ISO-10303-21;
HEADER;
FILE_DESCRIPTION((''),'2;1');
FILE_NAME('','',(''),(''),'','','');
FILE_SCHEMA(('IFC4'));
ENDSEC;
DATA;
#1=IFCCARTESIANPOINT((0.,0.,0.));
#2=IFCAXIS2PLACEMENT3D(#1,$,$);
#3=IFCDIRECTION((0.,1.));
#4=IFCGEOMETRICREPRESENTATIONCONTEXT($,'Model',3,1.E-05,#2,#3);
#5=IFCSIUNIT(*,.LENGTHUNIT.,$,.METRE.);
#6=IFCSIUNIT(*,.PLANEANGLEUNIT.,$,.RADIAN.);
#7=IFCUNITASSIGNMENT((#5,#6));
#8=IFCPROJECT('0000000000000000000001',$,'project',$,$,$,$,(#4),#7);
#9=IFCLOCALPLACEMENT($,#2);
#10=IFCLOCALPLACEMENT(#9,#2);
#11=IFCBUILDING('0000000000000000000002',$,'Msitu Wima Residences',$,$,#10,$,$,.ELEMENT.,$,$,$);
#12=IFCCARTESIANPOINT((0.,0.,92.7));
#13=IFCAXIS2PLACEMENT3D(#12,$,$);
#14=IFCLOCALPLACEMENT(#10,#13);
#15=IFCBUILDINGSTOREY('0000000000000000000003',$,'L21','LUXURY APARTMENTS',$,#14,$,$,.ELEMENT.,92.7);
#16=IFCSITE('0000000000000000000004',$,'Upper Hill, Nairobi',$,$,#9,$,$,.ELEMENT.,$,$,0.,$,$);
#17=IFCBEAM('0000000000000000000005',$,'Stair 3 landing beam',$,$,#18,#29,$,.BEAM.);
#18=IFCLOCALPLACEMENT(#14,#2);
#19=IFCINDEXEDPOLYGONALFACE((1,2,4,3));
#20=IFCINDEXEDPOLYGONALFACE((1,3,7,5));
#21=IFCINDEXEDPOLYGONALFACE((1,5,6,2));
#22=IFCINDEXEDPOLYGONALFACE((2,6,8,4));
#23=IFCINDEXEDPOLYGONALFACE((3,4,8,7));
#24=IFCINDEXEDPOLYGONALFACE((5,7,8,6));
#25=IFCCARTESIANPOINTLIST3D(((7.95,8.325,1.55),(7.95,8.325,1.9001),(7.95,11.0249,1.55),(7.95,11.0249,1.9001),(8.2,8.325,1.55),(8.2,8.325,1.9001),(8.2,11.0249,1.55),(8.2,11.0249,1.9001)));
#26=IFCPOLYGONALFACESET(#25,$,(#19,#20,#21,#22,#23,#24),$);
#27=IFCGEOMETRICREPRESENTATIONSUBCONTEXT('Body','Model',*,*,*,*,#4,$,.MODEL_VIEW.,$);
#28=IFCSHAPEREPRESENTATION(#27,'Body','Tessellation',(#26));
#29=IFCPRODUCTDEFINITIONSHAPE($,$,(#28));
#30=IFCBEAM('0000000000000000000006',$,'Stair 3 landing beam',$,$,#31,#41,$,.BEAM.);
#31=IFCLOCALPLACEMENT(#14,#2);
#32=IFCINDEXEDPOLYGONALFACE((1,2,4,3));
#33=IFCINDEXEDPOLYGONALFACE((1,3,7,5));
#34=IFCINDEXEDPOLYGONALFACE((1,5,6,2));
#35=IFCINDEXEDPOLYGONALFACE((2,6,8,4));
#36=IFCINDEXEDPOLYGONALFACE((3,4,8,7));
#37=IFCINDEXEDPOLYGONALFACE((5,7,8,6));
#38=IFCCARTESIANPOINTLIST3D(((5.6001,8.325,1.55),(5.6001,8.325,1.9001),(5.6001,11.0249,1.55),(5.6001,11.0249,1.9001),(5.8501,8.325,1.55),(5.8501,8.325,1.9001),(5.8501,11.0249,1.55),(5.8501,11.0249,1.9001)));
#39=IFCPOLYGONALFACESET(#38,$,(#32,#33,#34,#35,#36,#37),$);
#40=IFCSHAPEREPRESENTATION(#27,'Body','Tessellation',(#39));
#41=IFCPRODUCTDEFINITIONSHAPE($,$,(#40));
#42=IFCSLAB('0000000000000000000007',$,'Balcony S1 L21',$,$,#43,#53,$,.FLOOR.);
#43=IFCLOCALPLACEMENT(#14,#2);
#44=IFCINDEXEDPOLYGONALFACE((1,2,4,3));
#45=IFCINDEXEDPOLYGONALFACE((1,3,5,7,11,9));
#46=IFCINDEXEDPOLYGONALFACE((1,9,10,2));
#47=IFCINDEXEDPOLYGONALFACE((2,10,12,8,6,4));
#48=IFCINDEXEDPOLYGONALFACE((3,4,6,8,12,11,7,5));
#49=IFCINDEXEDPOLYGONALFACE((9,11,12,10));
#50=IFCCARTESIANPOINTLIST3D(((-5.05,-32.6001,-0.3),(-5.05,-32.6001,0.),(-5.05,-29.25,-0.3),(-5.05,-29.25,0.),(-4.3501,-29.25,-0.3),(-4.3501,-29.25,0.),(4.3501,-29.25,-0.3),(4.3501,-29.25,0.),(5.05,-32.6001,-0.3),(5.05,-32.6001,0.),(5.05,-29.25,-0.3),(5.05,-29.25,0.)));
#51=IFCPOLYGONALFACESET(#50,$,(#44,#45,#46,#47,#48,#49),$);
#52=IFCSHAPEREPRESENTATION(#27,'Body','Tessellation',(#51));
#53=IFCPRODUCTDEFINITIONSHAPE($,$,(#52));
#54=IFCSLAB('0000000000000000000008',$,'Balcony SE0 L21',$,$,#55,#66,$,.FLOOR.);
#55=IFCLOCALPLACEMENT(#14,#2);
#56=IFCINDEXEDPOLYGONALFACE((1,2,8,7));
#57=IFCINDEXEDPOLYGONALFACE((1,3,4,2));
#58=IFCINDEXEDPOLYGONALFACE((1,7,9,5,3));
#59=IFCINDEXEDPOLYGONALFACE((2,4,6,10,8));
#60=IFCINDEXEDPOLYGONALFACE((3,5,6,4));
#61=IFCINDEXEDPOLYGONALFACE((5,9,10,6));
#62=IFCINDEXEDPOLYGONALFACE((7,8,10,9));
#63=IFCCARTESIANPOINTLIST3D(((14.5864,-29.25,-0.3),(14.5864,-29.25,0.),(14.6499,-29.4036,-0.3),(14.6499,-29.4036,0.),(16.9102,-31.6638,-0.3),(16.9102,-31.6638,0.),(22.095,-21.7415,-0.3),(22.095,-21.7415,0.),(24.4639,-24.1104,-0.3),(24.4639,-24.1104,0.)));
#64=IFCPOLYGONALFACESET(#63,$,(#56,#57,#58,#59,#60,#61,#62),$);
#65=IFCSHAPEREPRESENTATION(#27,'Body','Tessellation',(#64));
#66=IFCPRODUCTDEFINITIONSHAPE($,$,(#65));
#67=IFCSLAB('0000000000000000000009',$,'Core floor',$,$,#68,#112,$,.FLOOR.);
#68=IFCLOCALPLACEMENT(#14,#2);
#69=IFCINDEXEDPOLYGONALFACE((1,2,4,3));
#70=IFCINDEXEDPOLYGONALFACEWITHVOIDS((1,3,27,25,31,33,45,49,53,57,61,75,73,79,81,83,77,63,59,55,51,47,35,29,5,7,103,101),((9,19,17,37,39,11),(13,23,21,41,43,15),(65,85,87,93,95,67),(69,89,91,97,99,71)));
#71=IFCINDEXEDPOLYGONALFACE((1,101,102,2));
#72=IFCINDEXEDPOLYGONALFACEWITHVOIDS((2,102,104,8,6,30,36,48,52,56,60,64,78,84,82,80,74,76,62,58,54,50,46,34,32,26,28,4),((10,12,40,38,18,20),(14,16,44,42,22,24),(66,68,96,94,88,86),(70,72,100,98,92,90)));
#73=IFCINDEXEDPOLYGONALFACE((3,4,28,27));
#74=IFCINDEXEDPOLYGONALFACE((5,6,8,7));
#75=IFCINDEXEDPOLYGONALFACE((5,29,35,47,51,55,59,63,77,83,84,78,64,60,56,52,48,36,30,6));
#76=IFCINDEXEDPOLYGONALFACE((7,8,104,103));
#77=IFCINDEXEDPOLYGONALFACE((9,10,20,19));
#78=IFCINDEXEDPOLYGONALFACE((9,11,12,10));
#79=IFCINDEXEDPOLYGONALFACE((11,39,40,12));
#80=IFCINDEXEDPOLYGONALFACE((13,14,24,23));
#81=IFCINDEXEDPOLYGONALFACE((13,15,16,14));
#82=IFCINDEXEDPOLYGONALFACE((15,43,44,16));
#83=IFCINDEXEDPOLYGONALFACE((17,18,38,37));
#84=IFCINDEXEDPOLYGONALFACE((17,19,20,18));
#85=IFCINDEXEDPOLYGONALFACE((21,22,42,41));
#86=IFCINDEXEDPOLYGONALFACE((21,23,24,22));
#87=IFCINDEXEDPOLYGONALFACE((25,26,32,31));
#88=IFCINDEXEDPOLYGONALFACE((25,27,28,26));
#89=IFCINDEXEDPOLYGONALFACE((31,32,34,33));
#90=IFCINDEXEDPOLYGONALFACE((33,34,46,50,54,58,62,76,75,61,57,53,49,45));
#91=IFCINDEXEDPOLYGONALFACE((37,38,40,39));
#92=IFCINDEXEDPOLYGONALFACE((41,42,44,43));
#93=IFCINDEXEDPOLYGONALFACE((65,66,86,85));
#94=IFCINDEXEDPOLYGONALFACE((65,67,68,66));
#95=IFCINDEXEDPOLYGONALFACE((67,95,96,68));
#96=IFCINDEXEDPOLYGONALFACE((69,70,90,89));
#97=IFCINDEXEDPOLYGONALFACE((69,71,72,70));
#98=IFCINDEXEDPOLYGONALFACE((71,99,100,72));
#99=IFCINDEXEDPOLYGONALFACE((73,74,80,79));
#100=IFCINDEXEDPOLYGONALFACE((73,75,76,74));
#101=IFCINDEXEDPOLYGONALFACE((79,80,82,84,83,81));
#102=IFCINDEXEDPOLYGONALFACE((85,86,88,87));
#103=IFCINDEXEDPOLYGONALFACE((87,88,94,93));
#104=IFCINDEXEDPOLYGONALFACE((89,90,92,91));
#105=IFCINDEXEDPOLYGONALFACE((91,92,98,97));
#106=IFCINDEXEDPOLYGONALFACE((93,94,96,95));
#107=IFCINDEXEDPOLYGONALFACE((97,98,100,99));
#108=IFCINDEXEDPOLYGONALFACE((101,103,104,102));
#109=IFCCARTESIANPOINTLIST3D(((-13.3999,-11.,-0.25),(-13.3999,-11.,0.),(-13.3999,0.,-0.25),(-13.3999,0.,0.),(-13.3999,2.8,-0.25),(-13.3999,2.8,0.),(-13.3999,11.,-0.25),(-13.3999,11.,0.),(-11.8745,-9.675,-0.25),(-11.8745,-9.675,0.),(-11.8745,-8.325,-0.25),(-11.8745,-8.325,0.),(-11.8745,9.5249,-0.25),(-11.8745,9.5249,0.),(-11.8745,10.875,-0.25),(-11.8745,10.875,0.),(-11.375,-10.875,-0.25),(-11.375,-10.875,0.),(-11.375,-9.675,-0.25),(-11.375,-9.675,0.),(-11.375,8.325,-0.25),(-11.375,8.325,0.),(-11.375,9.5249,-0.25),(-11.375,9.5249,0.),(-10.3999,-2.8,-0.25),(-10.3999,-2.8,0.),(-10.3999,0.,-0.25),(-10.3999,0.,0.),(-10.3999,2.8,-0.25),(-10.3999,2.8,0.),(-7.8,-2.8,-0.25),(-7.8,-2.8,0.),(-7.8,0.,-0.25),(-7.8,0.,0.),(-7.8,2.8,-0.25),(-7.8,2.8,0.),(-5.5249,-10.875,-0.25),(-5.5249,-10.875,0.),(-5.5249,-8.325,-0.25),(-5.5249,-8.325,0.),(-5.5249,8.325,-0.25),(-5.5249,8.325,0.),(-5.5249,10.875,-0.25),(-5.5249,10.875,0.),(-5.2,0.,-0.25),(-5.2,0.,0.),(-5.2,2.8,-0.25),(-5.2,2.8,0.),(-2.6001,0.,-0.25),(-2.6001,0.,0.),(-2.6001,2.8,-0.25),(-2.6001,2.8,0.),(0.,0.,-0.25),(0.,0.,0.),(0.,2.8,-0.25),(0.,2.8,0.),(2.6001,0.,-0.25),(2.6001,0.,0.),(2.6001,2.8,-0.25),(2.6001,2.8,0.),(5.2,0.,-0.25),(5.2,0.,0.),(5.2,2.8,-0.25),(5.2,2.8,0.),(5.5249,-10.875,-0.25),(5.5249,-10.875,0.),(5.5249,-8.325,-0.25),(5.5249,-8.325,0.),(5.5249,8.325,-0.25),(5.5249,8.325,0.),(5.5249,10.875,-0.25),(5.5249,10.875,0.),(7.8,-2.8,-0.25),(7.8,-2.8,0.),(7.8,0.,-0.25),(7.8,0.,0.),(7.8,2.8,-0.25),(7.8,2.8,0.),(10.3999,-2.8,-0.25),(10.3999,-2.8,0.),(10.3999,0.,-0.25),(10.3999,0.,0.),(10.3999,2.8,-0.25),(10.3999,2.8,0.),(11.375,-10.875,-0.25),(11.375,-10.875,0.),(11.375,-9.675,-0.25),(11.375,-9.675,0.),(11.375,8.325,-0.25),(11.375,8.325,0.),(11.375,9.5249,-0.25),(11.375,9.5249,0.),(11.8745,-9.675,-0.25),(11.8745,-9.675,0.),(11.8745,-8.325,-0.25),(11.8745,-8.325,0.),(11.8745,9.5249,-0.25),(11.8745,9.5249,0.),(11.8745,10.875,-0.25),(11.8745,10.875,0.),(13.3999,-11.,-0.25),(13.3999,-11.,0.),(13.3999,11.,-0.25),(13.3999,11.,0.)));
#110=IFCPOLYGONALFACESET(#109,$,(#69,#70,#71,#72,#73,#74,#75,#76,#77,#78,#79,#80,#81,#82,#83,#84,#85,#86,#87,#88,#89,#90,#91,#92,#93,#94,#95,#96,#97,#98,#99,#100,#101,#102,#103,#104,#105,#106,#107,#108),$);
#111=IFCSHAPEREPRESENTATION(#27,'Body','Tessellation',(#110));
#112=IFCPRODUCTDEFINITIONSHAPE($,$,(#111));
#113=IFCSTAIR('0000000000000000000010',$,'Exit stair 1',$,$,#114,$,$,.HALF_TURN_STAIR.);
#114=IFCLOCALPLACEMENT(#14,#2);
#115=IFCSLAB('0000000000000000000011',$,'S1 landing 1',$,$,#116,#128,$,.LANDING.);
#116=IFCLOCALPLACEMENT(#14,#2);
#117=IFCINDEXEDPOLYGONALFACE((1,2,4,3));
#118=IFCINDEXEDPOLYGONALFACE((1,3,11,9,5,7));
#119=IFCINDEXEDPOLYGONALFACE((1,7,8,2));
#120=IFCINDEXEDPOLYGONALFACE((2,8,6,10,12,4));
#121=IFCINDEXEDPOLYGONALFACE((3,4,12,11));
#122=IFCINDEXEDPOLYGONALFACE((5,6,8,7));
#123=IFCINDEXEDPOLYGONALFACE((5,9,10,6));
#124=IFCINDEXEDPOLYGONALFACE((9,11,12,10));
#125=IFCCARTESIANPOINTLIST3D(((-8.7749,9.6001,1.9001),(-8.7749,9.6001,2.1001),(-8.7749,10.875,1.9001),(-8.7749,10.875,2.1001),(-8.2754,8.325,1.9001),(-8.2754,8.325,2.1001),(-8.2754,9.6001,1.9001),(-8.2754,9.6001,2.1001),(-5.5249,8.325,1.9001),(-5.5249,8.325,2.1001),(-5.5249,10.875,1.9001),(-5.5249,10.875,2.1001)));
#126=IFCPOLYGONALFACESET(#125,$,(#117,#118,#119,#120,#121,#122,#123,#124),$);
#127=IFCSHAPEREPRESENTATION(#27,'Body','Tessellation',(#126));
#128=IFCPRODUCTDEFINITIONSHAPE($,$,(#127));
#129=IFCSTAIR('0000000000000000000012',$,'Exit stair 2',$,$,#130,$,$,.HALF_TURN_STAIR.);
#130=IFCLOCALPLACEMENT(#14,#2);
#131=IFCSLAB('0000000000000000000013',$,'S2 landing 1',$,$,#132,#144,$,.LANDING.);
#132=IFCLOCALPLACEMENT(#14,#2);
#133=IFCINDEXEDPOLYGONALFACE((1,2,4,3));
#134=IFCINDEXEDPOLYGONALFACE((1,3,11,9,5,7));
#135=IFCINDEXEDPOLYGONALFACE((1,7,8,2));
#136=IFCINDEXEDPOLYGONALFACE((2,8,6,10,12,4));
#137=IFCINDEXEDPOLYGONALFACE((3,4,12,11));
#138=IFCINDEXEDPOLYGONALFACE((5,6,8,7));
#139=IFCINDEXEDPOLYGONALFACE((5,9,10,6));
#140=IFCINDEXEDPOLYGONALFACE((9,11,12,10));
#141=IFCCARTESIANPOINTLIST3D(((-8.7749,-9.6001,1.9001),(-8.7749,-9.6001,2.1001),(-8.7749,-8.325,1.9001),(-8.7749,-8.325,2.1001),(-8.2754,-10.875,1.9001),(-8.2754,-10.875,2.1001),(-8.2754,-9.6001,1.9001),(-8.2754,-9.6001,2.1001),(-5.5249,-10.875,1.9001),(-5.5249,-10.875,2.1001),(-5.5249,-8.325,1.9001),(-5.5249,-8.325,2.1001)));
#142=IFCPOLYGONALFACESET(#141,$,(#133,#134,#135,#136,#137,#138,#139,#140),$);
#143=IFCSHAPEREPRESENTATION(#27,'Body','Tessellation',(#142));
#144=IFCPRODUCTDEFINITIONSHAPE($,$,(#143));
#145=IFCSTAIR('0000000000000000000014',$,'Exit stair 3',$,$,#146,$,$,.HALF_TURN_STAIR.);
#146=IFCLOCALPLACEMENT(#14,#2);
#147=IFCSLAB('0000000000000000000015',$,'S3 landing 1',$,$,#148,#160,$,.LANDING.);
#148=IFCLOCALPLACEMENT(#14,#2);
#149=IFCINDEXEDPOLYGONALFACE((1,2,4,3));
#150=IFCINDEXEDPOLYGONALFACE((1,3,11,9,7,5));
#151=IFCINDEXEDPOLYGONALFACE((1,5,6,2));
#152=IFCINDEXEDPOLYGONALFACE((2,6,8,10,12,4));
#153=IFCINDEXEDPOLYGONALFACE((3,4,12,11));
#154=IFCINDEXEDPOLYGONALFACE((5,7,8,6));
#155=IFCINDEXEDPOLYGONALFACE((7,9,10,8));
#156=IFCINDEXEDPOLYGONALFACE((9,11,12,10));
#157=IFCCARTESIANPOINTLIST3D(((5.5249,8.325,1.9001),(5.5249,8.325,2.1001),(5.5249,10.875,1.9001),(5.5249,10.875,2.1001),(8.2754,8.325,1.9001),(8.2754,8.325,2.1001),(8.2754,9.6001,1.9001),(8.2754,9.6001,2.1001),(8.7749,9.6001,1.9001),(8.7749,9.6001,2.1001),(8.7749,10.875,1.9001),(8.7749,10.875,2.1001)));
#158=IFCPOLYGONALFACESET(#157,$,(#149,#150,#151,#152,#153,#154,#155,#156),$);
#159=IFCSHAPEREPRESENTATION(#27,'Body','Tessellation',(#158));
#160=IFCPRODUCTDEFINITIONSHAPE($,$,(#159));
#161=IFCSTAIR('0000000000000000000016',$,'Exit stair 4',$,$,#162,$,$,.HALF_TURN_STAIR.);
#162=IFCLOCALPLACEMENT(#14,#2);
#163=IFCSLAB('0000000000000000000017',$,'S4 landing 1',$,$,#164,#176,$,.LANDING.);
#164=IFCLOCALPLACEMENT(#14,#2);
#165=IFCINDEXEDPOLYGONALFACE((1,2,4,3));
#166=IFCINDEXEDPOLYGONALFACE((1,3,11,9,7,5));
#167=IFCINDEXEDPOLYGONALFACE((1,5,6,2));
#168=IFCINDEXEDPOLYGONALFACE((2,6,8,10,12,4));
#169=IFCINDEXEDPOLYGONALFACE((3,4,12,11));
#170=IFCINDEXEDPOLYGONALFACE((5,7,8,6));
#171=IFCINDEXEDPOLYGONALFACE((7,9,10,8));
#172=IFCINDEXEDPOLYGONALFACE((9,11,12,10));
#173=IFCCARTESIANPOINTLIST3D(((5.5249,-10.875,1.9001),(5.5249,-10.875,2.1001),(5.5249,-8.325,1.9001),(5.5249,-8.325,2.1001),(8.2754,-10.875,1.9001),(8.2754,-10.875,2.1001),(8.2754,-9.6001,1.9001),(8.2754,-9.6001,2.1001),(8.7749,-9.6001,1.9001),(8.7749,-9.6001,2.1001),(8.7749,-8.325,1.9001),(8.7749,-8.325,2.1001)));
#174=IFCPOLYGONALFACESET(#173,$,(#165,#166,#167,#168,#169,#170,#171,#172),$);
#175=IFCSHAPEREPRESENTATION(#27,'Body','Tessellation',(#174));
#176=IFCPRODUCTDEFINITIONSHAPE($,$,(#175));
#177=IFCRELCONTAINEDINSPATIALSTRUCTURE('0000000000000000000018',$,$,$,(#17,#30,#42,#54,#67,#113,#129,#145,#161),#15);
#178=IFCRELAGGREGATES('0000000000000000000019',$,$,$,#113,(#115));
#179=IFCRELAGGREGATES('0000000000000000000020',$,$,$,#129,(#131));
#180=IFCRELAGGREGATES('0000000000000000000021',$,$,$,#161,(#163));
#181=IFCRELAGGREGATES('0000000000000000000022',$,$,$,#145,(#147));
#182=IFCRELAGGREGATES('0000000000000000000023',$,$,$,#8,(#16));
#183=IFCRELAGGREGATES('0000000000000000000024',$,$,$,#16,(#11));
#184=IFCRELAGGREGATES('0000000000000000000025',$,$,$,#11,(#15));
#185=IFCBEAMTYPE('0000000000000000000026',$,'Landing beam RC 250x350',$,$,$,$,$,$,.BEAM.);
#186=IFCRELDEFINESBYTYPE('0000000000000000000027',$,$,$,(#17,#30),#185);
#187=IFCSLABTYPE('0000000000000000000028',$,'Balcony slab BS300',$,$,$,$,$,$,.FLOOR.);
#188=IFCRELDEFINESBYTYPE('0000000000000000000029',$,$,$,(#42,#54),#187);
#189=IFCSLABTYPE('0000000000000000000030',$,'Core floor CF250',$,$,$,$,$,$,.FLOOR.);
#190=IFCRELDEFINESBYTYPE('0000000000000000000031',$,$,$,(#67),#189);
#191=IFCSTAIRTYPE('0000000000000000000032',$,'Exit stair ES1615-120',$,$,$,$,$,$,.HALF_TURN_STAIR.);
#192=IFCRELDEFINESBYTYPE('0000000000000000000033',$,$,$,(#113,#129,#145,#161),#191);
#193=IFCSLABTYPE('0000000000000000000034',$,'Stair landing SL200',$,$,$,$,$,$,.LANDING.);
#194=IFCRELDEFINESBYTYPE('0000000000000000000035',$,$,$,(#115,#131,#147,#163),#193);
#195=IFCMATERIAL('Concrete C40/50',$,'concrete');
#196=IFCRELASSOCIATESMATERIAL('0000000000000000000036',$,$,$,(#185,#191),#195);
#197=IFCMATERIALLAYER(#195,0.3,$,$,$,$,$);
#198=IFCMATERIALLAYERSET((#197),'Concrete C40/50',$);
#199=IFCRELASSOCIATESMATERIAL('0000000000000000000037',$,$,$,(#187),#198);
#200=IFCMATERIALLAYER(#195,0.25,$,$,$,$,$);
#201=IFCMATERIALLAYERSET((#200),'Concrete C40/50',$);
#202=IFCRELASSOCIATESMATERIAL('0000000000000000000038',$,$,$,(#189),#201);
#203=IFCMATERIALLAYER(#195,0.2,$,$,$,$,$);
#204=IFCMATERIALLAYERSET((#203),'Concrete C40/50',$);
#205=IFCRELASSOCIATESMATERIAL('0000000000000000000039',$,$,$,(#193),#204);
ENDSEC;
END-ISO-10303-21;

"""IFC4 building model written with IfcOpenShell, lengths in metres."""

from ifc_helpers import new_model, si_unit, direction, frame, origin, origin_2d, place, context, subcontext, project, spatial, polyline, rectangle, outline, extrude, material, layer, layer_set, material_profile, profile_set, type_object, element, aggregate, save


model = new_model("IFC4")

# Units and contexts
model_context = context("Model", 3, precision=1e-05, world=origin(), true_north=direction((0.0, 1.0)))
body_context = subcontext(model_context, "Body", "Model", "MODEL_VIEW")
ifc_project = project(units=[si_unit("LENGTHUNIT", "METRE"), si_unit("PLANEANGLEUNIT", "RADIAN")], contexts=[model_context])

# Site, building, storey
site_placement = place(None, origin())
site = spatial("IfcSite", under=ifc_project, at=site_placement, Name="Upper Hill, Nairobi", CompositionType="ELEMENT", RefElevation=0.0)
building_placement = place(site_placement, origin())
building = spatial("IfcBuilding", under=site, at=building_placement, Name="Msitu Wima Residences", CompositionType="ELEMENT")
storey_placement = place(building_placement, frame((0.0, 0.0, 92.7)))
storey = spatial("IfcBuildingStorey", under=building, at=storey_placement, Name="L21", Description="LUXURY APARTMENTS", CompositionType="ELEMENT", Elevation=92.7)

# Beams
ifc_material_1 = material(Name="Concrete C40/50", Category="concrete")
ifc_material_profile = material_profile(ifc_material_1, rectangle(XDim=0.25, YDim=0.3501, at=origin_2d()), Name="RC 250x350")
ifc_profile_set = profile_set([ifc_material_profile], Name="Concrete C40/50")
beam_type = type_object("IfcBeamType", Name="Landing beam RC 250x350", PredefinedType="BEAM", material=ifc_profile_set)
for number, where, z_axis, x_axis, name in (
    (1, (8.075, 8.325, 1.7251), (0.0, 1.0, 0.0), (-1.0, 0.0, 0.0), "Stair 3 landing beam"),
    (2, (5.7251, 8.325, 1.7251), (0.0, 1.0, 0.0), (-1.0, 0.0, 0.0), "Stair 3 landing beam"),
):
    element("IfcBeam", number, at=place(storey_placement, frame(where, z_axis=z_axis, x_axis=x_axis)), inside=storey, type_object=beam_type, Name=name, PredefinedType="BEAM", context=body_context, shape_type="SweptSolid", body=[
        extrude(rectangle(XDim=0.25, YDim=0.3501, at=origin_2d()), origin(), (0.0, 0.0, 1.0), 2.7),
    ])

# Slabs
ifc_layer_1 = layer(ifc_material_1, 0.3)
ifc_layer_set_1 = layer_set([ifc_layer_1], Name="Concrete C40/50")
slab_type_1 = type_object("IfcSlabType", Name="Balcony slab BS300", PredefinedType="FLOOR", material=ifc_layer_set_1)
slab_1_placement = place(storey_placement, frame((0.0, 0.0, -0.3)))
element("IfcSlab", 3, at=slab_1_placement, inside=storey, type_object=slab_type_1, Name="Balcony S1 L21", PredefinedType="FLOOR", context=body_context, shape_type="SweptSolid", body=[
    extrude(outline(polyline([(-4.3501, -29.25), (4.3501, -29.25), (5.05, -29.25), (5.05, -32.6001), (-5.05, -32.6001), (-5.05, -29.25), (-4.3501, -29.25)])), origin(), (0.0, 0.0, 1.0), 0.3),
])
slab_2_placement = place(storey_placement, frame((0.0, 0.0, -0.3)))
element("IfcSlab", 4, at=slab_2_placement, inside=storey, type_object=slab_type_1, Name="Balcony SE0 L21", PredefinedType="FLOOR", context=body_context, shape_type="SweptSolid", body=[
    extrude(outline(polyline([(24.4639, -24.1104), (16.9102, -31.6638), (14.6499, -29.4036), (14.5864, -29.25), (22.095, -21.7415), (24.4639, -24.1104)])), origin(), (0.0, 0.0, 1.0), 0.3),
])
ifc_layer_2 = layer(ifc_material_1, 0.25)
ifc_layer_set_2 = layer_set([ifc_layer_2], Name="Concrete C40/50")
slab_type_2 = type_object("IfcSlabType", Name="Core floor CF250", PredefinedType="FLOOR", material=ifc_layer_set_2)
slab_3_placement = place(storey_placement, frame((0.0, 0.0, -0.25)))
element("IfcSlab", 5, at=slab_3_placement, inside=storey, type_object=slab_type_2, Name="Core floor", PredefinedType="FLOOR", context=body_context, shape_type="SweptSolid", body=[
    extrude(outline(polyline([(-13.3999, 11.0), (-13.3999, 2.8), (-10.3999, 2.8), (-7.8, 2.8), (-5.2, 2.8), (-2.6001, 2.8), (0.0, 2.8), (2.6001, 2.8), (5.2, 2.8), (7.8, 2.8), (10.3999, 2.8), (10.3999, 0.0), (10.3999, -2.8), (7.8, -2.8), (7.8, 0.0), (5.2, 0.0), (2.6001, 0.0), (0.0, 0.0), (-2.6001, 0.0), (-5.2, 0.0), (-7.8, 0.0), (-7.8, -2.8), (-10.3999, -2.8), (-10.3999, 0.0), (-13.3999, 0.0), (-13.3999, -11.0), (13.3999, -11.0), (13.3999, 11.0), (-13.3999, 11.0)]), holes=[polyline([(-11.375, -10.875), (-11.375, -9.675), (-11.8745, -9.675), (-11.8745, -8.325), (-5.5249, -8.325), (-5.5249, -10.875), (-11.375, -10.875)]), polyline([(-11.375, 9.5249), (-11.8745, 9.5249), (-11.8745, 10.875), (-5.5249, 10.875), (-5.5249, 8.325), (-11.375, 8.325), (-11.375, 9.5249)]), polyline([(11.375, -9.675), (11.375, -10.875), (5.5249, -10.875), (5.5249, -8.325), (11.8745, -8.325), (11.8745, -9.675), (11.375, -9.675)]), polyline([(11.375, 9.5249), (11.375, 8.325), (5.5249, 8.325), (5.5249, 10.875), (11.8745, 10.875), (11.8745, 9.5249), (11.375, 9.5249)])]), origin(), (0.0, 0.0, 1.0), 0.25),
])

# Stairs, slabs
stair_type = type_object("IfcStairType", Name="Exit stair ES1615-120", PredefinedType="HALF_TURN_STAIR", material=ifc_material_1)
stair_1_placement = place(storey_placement, origin())
stair_1 = element("IfcStair", 6, at=stair_1_placement, inside=storey, type_object=stair_type, Name="Exit stair 1", PredefinedType="HALF_TURN_STAIR")
ifc_layer_3 = layer(ifc_material_1, 0.2)
ifc_layer_set_3 = layer_set([ifc_layer_3], Name="Concrete C40/50")
slab_type_3 = type_object("IfcSlabType", Name="Stair landing SL200", PredefinedType="LANDING", material=ifc_layer_set_3)
slab_4_placement = place(storey_placement, frame((0.0, 0.0, 1.9001)))
slab_4 = element("IfcSlab", 7, at=slab_4_placement, type_object=slab_type_3, Name="S1 landing 1", PredefinedType="LANDING", context=body_context, shape_type="SweptSolid", body=[
    extrude(outline(polyline([(-5.5249, 8.325), (-8.2754, 8.325), (-8.2754, 9.6001), (-8.7749, 9.6001), (-8.7749, 10.875), (-5.5249, 10.875), (-5.5249, 8.325)])), origin(), (0.0, 0.0, 1.0), 0.2),
])
aggregate(stair_1, [slab_4])
stair_2_placement = place(storey_placement, origin())
stair_2 = element("IfcStair", 8, at=stair_2_placement, inside=storey, type_object=stair_type, Name="Exit stair 2", PredefinedType="HALF_TURN_STAIR")
slab_5_placement = place(storey_placement, frame((0.0, 0.0, 1.9001)))
slab_5 = element("IfcSlab", 9, at=slab_5_placement, type_object=slab_type_3, Name="S2 landing 1", PredefinedType="LANDING", context=body_context, shape_type="SweptSolid", body=[
    extrude(outline(polyline([(-5.5249, -10.875), (-8.2754, -10.875), (-8.2754, -9.6001), (-8.7749, -9.6001), (-8.7749, -8.325), (-5.5249, -8.325), (-5.5249, -10.875)])), origin(), (0.0, 0.0, 1.0), 0.2),
])
aggregate(stair_2, [slab_5])
stair_3_placement = place(storey_placement, origin())
stair_3 = element("IfcStair", 10, at=stair_3_placement, inside=storey, type_object=stair_type, Name="Exit stair 3", PredefinedType="HALF_TURN_STAIR")
slab_6_placement = place(storey_placement, frame((0.0, 0.0, 1.9001)))
slab_6 = element("IfcSlab", 11, at=slab_6_placement, type_object=slab_type_3, Name="S3 landing 1", PredefinedType="LANDING", context=body_context, shape_type="SweptSolid", body=[
    extrude(outline(polyline([(5.5249, 8.325), (8.2754, 8.325), (8.2754, 9.6001), (8.7749, 9.6001), (8.7749, 10.875), (5.5249, 10.875), (5.5249, 8.325)])), origin(), (0.0, 0.0, 1.0), 0.2),
])
stair_4_placement = place(storey_placement, origin())
stair_4 = element("IfcStair", 12, at=stair_4_placement, inside=storey, type_object=stair_type, Name="Exit stair 4", PredefinedType="HALF_TURN_STAIR")
slab_7_placement = place(storey_placement, frame((0.0, 0.0, 1.9001)))
slab_7 = element("IfcSlab", 13, at=slab_7_placement, type_object=slab_type_3, Name="S4 landing 1", PredefinedType="LANDING", context=body_context, shape_type="SweptSolid", body=[
    extrude(outline(polyline([(5.5249, -10.875), (8.2754, -10.875), (8.2754, -9.6001), (8.7749, -9.6001), (8.7749, -8.325), (5.5249, -8.325), (5.5249, -10.875)])), origin(), (0.0, 0.0, 1.0), 0.2),
])
aggregate(stair_4, [slab_7])

aggregate(stair_3, [slab_6])

save(model, "model.ifc")
